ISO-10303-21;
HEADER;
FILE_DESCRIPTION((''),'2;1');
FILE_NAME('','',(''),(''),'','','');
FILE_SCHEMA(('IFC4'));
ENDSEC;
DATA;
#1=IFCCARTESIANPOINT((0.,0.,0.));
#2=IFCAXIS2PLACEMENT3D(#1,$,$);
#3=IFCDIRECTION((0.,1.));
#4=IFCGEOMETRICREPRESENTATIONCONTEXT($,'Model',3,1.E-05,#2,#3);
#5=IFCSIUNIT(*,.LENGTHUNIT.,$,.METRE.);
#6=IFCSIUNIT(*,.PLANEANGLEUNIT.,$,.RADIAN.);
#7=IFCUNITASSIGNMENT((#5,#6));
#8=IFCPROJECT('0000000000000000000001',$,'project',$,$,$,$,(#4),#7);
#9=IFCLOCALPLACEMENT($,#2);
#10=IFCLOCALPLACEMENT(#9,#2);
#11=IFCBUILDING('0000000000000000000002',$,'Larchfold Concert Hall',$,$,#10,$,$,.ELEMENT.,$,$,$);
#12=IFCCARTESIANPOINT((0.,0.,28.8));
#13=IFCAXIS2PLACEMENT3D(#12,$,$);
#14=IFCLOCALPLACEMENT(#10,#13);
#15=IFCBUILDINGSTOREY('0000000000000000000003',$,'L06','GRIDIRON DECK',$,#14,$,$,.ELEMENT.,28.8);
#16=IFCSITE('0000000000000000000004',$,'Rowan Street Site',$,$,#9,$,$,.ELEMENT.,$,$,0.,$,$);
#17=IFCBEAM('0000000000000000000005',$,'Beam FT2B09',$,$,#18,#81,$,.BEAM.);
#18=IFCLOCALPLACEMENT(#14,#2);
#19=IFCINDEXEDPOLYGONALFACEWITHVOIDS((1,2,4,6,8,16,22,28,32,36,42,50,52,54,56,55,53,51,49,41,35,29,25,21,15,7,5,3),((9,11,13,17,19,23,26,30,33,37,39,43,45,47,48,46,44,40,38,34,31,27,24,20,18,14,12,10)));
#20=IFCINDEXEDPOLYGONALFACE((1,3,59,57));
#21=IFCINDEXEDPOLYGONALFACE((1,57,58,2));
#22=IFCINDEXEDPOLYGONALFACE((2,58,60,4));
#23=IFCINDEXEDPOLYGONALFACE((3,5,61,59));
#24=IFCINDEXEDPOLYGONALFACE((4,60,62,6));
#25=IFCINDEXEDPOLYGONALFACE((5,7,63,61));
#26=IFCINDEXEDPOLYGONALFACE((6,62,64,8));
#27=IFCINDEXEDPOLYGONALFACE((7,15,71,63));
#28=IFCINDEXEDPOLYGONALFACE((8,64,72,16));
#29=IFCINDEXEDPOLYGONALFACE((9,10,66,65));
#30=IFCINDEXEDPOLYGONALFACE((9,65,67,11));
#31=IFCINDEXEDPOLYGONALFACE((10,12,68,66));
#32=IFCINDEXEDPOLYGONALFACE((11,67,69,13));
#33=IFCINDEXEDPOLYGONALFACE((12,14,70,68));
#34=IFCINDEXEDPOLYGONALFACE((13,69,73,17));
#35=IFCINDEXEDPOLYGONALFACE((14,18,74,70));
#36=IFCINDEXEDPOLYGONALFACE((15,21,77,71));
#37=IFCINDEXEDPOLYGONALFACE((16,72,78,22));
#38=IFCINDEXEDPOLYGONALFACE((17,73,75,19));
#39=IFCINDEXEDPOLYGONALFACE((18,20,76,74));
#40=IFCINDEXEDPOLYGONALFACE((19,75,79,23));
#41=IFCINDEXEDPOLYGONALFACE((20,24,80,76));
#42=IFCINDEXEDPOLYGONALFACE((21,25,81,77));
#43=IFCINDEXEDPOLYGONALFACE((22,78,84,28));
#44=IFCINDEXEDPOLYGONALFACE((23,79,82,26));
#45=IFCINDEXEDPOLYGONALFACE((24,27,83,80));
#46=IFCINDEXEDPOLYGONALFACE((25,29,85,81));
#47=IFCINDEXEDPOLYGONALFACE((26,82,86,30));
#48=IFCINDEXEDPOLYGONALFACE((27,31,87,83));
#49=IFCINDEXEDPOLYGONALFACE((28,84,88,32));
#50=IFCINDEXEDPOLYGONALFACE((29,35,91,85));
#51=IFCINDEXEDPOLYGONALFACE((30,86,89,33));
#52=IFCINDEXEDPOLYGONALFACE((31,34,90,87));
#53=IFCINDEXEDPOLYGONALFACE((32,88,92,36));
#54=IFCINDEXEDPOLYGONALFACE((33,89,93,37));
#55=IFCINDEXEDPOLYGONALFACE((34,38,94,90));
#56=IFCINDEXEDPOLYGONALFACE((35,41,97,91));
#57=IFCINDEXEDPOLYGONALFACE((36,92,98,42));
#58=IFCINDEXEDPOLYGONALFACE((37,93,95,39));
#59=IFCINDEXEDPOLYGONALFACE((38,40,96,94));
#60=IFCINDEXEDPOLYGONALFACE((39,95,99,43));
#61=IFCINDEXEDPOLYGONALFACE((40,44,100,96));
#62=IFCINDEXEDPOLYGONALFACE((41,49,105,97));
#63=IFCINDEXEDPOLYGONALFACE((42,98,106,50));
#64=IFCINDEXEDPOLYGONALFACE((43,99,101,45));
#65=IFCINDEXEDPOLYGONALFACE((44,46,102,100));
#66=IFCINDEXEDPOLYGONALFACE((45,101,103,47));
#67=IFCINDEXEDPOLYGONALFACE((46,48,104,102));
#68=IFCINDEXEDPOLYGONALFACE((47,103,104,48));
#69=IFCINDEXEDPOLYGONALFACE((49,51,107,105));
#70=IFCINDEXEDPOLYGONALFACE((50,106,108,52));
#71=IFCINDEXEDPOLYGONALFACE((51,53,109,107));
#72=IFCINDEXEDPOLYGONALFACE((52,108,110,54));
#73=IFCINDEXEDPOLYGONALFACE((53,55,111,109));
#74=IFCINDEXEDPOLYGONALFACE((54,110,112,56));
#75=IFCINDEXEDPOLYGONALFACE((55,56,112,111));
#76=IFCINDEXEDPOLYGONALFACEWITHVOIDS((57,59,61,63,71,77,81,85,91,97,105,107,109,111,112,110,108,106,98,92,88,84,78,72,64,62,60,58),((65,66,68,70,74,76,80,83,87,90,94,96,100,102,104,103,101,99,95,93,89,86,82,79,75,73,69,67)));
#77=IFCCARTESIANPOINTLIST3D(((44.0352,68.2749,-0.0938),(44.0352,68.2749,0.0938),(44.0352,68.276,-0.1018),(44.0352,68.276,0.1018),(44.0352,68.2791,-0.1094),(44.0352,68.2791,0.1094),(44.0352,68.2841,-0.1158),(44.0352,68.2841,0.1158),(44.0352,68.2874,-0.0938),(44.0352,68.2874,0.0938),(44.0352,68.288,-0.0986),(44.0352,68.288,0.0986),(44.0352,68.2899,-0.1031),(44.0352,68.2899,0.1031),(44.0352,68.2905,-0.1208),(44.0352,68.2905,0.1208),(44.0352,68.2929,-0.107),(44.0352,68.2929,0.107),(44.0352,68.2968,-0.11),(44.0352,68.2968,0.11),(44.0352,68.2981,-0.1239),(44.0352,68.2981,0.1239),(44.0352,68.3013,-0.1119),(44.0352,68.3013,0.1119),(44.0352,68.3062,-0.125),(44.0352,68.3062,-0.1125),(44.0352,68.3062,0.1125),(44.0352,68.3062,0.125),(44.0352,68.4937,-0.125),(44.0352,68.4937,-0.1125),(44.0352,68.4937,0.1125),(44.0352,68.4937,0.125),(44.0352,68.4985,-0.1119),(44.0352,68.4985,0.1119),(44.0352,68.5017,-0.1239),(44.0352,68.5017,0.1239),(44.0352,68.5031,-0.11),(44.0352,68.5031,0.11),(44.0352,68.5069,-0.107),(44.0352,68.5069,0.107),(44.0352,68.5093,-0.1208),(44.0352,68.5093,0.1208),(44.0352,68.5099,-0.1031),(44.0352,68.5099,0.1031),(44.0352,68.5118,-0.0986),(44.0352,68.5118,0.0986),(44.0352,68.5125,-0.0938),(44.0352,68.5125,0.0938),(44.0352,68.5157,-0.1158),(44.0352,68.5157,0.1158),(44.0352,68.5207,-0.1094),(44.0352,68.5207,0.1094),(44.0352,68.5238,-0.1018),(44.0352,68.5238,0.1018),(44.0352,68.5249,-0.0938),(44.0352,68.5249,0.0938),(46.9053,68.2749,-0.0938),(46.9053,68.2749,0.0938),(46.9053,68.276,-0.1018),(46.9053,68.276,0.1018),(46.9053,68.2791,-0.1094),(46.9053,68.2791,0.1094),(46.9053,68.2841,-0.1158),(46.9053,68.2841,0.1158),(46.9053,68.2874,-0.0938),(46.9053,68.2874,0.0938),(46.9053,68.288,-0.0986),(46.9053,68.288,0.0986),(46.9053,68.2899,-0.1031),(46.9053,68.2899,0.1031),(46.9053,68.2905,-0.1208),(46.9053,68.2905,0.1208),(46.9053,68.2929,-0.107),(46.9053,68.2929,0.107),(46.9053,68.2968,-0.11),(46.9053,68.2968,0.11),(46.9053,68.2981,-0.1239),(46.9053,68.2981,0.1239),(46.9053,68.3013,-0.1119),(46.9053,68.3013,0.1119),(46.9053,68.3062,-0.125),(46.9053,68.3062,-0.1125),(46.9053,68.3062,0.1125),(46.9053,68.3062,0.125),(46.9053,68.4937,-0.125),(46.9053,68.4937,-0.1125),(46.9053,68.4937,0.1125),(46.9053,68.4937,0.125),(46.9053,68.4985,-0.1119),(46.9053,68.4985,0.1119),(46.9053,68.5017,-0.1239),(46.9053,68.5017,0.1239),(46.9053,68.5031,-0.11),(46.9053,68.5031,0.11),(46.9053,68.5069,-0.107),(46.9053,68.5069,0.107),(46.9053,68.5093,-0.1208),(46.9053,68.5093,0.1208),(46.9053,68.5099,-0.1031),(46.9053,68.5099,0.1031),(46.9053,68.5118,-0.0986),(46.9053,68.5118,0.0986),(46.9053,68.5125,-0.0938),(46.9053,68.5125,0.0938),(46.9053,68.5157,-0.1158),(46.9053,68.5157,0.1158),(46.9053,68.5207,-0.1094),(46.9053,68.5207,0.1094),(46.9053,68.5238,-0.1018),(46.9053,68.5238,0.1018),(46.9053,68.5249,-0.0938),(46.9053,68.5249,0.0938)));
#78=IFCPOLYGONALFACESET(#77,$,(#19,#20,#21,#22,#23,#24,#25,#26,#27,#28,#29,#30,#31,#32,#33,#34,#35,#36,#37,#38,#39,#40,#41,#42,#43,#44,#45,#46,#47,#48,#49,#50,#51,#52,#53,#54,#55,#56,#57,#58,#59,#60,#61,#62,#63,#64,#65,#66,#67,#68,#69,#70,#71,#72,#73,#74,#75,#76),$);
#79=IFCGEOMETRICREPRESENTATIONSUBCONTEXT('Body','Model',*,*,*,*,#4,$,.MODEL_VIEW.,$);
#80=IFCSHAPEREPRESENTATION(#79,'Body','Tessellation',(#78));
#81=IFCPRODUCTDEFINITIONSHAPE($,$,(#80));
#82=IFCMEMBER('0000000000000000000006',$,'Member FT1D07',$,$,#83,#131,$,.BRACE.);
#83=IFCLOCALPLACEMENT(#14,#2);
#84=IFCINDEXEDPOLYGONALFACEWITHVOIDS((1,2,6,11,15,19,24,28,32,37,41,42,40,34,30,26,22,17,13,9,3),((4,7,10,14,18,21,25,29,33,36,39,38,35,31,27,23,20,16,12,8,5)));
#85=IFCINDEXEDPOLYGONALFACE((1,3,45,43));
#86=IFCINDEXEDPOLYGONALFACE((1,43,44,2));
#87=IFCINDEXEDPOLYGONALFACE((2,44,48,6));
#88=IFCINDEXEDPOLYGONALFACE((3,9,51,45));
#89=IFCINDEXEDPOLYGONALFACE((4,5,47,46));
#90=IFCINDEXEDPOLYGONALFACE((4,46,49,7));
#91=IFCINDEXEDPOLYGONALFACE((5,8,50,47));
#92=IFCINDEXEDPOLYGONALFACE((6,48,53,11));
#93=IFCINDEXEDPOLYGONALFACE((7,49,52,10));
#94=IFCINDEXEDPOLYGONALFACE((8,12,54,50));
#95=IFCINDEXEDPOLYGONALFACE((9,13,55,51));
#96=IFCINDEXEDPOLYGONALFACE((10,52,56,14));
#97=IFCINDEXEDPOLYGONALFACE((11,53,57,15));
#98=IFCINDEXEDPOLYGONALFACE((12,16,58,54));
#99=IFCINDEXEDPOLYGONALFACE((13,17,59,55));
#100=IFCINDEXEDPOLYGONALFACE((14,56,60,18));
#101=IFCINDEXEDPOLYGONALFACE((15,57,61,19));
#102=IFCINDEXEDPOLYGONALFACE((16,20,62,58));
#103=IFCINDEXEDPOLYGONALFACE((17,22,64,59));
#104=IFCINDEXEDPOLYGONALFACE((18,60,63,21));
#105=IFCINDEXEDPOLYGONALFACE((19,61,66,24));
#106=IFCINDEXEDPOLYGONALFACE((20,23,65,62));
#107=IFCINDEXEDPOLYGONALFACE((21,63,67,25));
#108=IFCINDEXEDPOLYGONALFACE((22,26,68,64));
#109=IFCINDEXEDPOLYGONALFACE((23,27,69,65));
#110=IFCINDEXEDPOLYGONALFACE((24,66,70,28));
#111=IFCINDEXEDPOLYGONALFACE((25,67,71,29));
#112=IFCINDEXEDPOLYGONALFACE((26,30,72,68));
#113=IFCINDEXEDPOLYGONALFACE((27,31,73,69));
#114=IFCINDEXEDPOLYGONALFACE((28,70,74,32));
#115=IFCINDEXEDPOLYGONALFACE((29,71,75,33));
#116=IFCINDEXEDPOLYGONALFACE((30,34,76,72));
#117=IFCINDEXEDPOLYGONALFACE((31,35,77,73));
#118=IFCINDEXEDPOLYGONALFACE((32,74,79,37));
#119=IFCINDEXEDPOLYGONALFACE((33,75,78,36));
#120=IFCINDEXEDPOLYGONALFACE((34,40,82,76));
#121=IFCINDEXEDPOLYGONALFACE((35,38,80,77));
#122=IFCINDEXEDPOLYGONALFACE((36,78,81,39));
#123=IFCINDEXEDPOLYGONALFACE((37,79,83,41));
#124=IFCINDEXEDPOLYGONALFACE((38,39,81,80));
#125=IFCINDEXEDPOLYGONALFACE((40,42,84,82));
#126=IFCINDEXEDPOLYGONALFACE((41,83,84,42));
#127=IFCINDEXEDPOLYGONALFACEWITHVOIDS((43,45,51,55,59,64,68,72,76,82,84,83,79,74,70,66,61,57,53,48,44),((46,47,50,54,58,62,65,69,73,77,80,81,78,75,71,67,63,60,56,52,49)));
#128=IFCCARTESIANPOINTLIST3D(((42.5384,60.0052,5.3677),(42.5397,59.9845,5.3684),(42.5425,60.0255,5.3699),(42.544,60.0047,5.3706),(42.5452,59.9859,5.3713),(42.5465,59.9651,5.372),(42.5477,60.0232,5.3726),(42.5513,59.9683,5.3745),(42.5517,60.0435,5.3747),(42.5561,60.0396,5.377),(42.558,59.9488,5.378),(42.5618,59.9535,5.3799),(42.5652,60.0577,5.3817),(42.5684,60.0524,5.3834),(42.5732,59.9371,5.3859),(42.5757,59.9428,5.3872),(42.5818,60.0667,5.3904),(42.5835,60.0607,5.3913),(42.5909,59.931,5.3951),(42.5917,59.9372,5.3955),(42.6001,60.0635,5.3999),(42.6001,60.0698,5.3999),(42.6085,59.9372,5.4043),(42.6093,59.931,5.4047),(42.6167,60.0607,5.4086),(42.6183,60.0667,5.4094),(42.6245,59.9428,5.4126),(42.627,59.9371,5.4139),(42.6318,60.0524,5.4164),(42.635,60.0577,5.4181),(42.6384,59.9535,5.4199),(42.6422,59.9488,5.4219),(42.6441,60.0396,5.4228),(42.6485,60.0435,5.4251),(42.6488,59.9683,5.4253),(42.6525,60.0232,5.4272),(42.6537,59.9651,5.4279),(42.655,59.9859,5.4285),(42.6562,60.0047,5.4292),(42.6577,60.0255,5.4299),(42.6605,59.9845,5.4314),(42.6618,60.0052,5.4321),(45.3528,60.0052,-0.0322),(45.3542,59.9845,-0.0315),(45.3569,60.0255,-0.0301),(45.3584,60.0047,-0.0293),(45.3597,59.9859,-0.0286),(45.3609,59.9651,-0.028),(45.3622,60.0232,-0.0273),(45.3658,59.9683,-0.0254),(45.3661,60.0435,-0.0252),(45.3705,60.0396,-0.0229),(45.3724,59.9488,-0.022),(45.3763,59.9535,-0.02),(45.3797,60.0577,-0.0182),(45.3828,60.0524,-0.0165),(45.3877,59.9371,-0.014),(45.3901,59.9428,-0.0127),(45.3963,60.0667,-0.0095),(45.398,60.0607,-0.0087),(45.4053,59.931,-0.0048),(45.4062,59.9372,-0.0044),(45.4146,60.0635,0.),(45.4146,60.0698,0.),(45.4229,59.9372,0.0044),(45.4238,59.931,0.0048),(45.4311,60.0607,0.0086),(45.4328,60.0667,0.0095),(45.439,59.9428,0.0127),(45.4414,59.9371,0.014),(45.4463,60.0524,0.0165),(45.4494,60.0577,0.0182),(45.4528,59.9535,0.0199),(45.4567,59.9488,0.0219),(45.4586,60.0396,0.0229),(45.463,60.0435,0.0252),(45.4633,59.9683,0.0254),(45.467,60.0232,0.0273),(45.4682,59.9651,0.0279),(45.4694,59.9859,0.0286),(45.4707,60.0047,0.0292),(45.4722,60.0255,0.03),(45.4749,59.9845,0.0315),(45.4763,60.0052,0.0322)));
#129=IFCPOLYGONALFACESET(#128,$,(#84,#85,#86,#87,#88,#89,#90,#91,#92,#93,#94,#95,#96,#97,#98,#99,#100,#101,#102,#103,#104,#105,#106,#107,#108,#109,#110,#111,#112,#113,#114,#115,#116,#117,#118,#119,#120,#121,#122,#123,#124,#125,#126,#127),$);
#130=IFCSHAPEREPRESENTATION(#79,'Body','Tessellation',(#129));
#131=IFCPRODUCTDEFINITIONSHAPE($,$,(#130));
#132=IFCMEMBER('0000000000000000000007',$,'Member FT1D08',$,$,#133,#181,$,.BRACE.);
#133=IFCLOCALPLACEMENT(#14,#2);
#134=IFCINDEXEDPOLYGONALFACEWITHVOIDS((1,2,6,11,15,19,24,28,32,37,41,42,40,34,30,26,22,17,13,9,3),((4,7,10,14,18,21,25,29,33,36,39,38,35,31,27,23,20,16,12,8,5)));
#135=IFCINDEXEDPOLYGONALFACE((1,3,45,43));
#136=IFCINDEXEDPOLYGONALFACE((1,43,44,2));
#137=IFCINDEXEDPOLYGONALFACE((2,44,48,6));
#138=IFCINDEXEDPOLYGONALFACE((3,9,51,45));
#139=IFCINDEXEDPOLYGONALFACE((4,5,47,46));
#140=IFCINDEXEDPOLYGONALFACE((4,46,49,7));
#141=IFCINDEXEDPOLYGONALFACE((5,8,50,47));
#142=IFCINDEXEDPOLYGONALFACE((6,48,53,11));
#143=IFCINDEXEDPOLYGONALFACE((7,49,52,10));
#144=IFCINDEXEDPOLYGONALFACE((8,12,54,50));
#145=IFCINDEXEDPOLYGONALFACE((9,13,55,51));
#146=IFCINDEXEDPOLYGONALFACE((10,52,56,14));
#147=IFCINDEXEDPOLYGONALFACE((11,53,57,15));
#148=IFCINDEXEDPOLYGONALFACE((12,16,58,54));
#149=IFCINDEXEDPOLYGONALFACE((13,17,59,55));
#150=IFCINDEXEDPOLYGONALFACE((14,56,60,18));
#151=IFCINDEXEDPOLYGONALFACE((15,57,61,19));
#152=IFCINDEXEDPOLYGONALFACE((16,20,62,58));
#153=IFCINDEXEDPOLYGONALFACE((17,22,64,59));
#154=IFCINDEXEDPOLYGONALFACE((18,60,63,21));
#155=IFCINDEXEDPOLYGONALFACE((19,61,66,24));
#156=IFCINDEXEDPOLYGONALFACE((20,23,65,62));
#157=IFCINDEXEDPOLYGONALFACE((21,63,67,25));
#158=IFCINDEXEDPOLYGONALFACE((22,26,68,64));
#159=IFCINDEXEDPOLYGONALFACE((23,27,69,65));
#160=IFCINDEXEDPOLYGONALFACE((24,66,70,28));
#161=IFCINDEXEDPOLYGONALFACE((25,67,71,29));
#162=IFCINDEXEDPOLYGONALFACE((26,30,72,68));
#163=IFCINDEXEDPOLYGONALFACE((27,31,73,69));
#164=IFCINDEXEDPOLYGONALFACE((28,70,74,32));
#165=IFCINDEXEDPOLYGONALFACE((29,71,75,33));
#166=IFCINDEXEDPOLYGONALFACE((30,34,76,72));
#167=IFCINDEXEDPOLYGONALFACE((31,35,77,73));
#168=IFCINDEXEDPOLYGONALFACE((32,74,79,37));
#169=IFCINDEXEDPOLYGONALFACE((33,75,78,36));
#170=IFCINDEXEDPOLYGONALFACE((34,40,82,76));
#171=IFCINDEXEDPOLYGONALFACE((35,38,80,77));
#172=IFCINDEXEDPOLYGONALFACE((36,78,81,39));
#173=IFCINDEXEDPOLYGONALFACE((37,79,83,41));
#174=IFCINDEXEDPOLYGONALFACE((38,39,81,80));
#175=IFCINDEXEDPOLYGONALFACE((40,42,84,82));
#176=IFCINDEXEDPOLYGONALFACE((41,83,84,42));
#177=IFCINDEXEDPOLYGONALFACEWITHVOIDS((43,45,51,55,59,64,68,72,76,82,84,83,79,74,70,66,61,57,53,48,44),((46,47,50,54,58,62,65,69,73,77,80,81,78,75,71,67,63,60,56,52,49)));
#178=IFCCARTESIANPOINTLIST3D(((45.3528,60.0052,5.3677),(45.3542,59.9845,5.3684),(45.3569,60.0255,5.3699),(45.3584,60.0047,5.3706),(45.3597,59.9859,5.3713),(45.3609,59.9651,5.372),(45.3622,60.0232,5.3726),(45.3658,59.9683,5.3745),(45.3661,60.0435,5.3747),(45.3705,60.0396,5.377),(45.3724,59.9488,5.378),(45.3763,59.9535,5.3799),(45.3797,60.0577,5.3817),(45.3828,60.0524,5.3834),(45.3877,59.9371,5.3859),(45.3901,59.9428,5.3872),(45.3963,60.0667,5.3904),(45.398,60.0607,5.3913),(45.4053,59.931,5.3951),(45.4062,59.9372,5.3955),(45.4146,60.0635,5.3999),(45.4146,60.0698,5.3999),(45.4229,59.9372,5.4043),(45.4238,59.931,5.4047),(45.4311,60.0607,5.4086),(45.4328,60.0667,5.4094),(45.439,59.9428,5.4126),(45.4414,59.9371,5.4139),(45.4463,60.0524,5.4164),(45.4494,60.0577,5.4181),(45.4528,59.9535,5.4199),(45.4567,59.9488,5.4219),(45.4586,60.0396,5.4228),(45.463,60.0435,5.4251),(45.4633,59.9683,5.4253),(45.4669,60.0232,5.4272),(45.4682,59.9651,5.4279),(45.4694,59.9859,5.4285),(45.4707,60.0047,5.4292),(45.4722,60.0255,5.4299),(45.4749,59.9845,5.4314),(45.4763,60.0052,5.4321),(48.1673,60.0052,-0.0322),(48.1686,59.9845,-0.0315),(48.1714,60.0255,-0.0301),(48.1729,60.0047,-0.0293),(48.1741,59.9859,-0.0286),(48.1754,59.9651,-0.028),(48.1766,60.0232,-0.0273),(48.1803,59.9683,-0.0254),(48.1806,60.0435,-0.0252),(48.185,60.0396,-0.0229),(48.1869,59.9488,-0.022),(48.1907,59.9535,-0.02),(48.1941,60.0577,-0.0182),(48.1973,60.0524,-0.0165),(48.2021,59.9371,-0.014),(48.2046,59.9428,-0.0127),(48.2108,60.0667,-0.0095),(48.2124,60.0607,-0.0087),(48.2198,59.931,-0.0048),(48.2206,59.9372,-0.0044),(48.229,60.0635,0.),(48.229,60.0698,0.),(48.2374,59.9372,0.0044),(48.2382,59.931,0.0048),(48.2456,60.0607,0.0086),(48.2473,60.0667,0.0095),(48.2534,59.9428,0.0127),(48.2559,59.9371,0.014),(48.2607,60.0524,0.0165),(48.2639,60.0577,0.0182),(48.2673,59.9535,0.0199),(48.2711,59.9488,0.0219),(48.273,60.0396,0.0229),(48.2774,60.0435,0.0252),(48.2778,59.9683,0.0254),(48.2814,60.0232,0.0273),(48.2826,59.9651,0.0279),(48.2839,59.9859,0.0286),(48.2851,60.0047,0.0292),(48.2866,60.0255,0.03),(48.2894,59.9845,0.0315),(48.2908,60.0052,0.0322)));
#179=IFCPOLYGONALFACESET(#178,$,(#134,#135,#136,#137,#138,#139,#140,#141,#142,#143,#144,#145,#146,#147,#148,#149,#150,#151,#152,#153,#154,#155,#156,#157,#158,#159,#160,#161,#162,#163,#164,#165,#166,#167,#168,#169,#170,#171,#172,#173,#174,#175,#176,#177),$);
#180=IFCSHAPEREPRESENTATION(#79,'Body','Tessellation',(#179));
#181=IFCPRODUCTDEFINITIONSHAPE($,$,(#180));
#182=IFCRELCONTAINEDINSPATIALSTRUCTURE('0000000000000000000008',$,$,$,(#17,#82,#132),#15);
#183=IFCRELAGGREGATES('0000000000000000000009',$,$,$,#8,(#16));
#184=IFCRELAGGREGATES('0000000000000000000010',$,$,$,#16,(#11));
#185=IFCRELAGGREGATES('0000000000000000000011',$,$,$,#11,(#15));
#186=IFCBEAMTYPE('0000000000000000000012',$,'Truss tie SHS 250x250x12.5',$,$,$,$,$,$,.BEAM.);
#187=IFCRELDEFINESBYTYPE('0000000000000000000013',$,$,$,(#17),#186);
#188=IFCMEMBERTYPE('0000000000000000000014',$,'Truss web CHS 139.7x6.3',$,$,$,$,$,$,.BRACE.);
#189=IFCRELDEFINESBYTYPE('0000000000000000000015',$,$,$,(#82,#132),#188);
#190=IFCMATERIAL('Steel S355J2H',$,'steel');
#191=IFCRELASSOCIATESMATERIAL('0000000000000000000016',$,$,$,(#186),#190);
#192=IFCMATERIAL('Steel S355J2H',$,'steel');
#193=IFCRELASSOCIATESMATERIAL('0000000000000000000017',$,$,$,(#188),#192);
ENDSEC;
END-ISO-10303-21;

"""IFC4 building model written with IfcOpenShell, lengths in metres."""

from ifc_helpers import new_model, si_unit, direction, frame, origin, origin_2d, place, context, subcontext, project, spatial, hollow_rectangle, hollow_circle, extrude, material, material_profile, profile_set, type_object, element, save


model = new_model("IFC4")

# Units and contexts
model_context = context("Model", 3, precision=1e-05, world=origin(), true_north=direction((0.0, 1.0)))
body_context = subcontext(model_context, "Body", "Model", "MODEL_VIEW")
ifc_project = project(units=[si_unit("LENGTHUNIT", "METRE"), si_unit("PLANEANGLEUNIT", "RADIAN")], contexts=[model_context])

# Site, building, storey
site_placement = place(None, origin())
site = spatial("IfcSite", under=ifc_project, at=site_placement, Name="Rowan Street Site", CompositionType="ELEMENT", RefElevation=0.0)
building_placement = place(site_placement, origin())
building = spatial("IfcBuilding", under=site, at=building_placement, Name="Larchfold Concert Hall", CompositionType="ELEMENT")
storey_placement = place(building_placement, frame((0.0, 0.0, 28.8)))
storey = spatial("IfcBuildingStorey", under=building, at=storey_placement, Name="L06", Description="GRIDIRON DECK", CompositionType="ELEMENT", Elevation=28.8)

# Beam
ifc_material_1 = material(Name="Steel S355J2H", Category="steel")
ifc_material_profile_1 = material_profile(ifc_material_1, hollow_rectangle(XDim=0.25, YDim=0.25, WallThickness=0.0125, InnerFilletRadius=0.0188, OuterFilletRadius=0.0312, at=origin_2d()))
ifc_profile_set_1 = profile_set([ifc_material_profile_1], Name="Steel S355J2H")
beam_type_1 = type_object("IfcBeamType", Name="Truss tie SHS 250x250x12.5", PredefinedType="BEAM", material=ifc_profile_set_1)
beam_1_placement = place(storey_placement, frame((44.0352, 68.3999, 0.0), z_axis=(1.0, 0.0, 0.0), x_axis=(0.0, 1.0, 0.0)))
element("IfcBeam", 1, at=beam_1_placement, inside=storey, type_object=beam_type_1, Name="Beam FT2B09", PredefinedType="BEAM", context=body_context, shape_type="SweptSolid", body=[
    extrude(hollow_rectangle(XDim=0.25, YDim=0.25, WallThickness=0.0125, InnerFilletRadius=0.0188, OuterFilletRadius=0.0312, at=origin_2d()), origin(), (0.0, 0.0, 1.0), 2.8701),
])

# Members
ifc_material_2 = material(Name="Steel S355J2H", Category="steel")
ifc_material_profile_2 = material_profile(ifc_material_2, hollow_circle(Radius=0.0698, WallThickness=0.0063, at=origin_2d()))
ifc_profile_set_2 = profile_set([ifc_material_profile_2], Name="Steel S355J2H")
member_type_1 = type_object("IfcMemberType", Name="Truss web CHS 139.7x6.3", PredefinedType="BRACE", material=ifc_profile_set_2)
for number, where, z_axis, x_axis, name in (
    (2, (42.6001, 60.0, 5.3999), (0.462193, 0.0, -0.886779), (0.0, 1.0, 0.0), "Member FT1D07"),
    (3, (45.4146, 60.0, 5.3999), (0.462193, 0.0, -0.886779), (0.0, 1.0, 0.0), "Member FT1D08"),
):
    element("IfcMember", number, at=place(storey_placement, frame(where, z_axis=z_axis, x_axis=x_axis)), inside=storey, type_object=member_type_1, Name=name, PredefinedType="BRACE", context=body_context, shape_type="SweptSolid", body=[
        extrude(hollow_circle(Radius=0.0698, WallThickness=0.0063, at=origin_2d()), origin(), (0.0, 0.0, 1.0), 6.0894),
    ])

save(model, "model.ifc")
